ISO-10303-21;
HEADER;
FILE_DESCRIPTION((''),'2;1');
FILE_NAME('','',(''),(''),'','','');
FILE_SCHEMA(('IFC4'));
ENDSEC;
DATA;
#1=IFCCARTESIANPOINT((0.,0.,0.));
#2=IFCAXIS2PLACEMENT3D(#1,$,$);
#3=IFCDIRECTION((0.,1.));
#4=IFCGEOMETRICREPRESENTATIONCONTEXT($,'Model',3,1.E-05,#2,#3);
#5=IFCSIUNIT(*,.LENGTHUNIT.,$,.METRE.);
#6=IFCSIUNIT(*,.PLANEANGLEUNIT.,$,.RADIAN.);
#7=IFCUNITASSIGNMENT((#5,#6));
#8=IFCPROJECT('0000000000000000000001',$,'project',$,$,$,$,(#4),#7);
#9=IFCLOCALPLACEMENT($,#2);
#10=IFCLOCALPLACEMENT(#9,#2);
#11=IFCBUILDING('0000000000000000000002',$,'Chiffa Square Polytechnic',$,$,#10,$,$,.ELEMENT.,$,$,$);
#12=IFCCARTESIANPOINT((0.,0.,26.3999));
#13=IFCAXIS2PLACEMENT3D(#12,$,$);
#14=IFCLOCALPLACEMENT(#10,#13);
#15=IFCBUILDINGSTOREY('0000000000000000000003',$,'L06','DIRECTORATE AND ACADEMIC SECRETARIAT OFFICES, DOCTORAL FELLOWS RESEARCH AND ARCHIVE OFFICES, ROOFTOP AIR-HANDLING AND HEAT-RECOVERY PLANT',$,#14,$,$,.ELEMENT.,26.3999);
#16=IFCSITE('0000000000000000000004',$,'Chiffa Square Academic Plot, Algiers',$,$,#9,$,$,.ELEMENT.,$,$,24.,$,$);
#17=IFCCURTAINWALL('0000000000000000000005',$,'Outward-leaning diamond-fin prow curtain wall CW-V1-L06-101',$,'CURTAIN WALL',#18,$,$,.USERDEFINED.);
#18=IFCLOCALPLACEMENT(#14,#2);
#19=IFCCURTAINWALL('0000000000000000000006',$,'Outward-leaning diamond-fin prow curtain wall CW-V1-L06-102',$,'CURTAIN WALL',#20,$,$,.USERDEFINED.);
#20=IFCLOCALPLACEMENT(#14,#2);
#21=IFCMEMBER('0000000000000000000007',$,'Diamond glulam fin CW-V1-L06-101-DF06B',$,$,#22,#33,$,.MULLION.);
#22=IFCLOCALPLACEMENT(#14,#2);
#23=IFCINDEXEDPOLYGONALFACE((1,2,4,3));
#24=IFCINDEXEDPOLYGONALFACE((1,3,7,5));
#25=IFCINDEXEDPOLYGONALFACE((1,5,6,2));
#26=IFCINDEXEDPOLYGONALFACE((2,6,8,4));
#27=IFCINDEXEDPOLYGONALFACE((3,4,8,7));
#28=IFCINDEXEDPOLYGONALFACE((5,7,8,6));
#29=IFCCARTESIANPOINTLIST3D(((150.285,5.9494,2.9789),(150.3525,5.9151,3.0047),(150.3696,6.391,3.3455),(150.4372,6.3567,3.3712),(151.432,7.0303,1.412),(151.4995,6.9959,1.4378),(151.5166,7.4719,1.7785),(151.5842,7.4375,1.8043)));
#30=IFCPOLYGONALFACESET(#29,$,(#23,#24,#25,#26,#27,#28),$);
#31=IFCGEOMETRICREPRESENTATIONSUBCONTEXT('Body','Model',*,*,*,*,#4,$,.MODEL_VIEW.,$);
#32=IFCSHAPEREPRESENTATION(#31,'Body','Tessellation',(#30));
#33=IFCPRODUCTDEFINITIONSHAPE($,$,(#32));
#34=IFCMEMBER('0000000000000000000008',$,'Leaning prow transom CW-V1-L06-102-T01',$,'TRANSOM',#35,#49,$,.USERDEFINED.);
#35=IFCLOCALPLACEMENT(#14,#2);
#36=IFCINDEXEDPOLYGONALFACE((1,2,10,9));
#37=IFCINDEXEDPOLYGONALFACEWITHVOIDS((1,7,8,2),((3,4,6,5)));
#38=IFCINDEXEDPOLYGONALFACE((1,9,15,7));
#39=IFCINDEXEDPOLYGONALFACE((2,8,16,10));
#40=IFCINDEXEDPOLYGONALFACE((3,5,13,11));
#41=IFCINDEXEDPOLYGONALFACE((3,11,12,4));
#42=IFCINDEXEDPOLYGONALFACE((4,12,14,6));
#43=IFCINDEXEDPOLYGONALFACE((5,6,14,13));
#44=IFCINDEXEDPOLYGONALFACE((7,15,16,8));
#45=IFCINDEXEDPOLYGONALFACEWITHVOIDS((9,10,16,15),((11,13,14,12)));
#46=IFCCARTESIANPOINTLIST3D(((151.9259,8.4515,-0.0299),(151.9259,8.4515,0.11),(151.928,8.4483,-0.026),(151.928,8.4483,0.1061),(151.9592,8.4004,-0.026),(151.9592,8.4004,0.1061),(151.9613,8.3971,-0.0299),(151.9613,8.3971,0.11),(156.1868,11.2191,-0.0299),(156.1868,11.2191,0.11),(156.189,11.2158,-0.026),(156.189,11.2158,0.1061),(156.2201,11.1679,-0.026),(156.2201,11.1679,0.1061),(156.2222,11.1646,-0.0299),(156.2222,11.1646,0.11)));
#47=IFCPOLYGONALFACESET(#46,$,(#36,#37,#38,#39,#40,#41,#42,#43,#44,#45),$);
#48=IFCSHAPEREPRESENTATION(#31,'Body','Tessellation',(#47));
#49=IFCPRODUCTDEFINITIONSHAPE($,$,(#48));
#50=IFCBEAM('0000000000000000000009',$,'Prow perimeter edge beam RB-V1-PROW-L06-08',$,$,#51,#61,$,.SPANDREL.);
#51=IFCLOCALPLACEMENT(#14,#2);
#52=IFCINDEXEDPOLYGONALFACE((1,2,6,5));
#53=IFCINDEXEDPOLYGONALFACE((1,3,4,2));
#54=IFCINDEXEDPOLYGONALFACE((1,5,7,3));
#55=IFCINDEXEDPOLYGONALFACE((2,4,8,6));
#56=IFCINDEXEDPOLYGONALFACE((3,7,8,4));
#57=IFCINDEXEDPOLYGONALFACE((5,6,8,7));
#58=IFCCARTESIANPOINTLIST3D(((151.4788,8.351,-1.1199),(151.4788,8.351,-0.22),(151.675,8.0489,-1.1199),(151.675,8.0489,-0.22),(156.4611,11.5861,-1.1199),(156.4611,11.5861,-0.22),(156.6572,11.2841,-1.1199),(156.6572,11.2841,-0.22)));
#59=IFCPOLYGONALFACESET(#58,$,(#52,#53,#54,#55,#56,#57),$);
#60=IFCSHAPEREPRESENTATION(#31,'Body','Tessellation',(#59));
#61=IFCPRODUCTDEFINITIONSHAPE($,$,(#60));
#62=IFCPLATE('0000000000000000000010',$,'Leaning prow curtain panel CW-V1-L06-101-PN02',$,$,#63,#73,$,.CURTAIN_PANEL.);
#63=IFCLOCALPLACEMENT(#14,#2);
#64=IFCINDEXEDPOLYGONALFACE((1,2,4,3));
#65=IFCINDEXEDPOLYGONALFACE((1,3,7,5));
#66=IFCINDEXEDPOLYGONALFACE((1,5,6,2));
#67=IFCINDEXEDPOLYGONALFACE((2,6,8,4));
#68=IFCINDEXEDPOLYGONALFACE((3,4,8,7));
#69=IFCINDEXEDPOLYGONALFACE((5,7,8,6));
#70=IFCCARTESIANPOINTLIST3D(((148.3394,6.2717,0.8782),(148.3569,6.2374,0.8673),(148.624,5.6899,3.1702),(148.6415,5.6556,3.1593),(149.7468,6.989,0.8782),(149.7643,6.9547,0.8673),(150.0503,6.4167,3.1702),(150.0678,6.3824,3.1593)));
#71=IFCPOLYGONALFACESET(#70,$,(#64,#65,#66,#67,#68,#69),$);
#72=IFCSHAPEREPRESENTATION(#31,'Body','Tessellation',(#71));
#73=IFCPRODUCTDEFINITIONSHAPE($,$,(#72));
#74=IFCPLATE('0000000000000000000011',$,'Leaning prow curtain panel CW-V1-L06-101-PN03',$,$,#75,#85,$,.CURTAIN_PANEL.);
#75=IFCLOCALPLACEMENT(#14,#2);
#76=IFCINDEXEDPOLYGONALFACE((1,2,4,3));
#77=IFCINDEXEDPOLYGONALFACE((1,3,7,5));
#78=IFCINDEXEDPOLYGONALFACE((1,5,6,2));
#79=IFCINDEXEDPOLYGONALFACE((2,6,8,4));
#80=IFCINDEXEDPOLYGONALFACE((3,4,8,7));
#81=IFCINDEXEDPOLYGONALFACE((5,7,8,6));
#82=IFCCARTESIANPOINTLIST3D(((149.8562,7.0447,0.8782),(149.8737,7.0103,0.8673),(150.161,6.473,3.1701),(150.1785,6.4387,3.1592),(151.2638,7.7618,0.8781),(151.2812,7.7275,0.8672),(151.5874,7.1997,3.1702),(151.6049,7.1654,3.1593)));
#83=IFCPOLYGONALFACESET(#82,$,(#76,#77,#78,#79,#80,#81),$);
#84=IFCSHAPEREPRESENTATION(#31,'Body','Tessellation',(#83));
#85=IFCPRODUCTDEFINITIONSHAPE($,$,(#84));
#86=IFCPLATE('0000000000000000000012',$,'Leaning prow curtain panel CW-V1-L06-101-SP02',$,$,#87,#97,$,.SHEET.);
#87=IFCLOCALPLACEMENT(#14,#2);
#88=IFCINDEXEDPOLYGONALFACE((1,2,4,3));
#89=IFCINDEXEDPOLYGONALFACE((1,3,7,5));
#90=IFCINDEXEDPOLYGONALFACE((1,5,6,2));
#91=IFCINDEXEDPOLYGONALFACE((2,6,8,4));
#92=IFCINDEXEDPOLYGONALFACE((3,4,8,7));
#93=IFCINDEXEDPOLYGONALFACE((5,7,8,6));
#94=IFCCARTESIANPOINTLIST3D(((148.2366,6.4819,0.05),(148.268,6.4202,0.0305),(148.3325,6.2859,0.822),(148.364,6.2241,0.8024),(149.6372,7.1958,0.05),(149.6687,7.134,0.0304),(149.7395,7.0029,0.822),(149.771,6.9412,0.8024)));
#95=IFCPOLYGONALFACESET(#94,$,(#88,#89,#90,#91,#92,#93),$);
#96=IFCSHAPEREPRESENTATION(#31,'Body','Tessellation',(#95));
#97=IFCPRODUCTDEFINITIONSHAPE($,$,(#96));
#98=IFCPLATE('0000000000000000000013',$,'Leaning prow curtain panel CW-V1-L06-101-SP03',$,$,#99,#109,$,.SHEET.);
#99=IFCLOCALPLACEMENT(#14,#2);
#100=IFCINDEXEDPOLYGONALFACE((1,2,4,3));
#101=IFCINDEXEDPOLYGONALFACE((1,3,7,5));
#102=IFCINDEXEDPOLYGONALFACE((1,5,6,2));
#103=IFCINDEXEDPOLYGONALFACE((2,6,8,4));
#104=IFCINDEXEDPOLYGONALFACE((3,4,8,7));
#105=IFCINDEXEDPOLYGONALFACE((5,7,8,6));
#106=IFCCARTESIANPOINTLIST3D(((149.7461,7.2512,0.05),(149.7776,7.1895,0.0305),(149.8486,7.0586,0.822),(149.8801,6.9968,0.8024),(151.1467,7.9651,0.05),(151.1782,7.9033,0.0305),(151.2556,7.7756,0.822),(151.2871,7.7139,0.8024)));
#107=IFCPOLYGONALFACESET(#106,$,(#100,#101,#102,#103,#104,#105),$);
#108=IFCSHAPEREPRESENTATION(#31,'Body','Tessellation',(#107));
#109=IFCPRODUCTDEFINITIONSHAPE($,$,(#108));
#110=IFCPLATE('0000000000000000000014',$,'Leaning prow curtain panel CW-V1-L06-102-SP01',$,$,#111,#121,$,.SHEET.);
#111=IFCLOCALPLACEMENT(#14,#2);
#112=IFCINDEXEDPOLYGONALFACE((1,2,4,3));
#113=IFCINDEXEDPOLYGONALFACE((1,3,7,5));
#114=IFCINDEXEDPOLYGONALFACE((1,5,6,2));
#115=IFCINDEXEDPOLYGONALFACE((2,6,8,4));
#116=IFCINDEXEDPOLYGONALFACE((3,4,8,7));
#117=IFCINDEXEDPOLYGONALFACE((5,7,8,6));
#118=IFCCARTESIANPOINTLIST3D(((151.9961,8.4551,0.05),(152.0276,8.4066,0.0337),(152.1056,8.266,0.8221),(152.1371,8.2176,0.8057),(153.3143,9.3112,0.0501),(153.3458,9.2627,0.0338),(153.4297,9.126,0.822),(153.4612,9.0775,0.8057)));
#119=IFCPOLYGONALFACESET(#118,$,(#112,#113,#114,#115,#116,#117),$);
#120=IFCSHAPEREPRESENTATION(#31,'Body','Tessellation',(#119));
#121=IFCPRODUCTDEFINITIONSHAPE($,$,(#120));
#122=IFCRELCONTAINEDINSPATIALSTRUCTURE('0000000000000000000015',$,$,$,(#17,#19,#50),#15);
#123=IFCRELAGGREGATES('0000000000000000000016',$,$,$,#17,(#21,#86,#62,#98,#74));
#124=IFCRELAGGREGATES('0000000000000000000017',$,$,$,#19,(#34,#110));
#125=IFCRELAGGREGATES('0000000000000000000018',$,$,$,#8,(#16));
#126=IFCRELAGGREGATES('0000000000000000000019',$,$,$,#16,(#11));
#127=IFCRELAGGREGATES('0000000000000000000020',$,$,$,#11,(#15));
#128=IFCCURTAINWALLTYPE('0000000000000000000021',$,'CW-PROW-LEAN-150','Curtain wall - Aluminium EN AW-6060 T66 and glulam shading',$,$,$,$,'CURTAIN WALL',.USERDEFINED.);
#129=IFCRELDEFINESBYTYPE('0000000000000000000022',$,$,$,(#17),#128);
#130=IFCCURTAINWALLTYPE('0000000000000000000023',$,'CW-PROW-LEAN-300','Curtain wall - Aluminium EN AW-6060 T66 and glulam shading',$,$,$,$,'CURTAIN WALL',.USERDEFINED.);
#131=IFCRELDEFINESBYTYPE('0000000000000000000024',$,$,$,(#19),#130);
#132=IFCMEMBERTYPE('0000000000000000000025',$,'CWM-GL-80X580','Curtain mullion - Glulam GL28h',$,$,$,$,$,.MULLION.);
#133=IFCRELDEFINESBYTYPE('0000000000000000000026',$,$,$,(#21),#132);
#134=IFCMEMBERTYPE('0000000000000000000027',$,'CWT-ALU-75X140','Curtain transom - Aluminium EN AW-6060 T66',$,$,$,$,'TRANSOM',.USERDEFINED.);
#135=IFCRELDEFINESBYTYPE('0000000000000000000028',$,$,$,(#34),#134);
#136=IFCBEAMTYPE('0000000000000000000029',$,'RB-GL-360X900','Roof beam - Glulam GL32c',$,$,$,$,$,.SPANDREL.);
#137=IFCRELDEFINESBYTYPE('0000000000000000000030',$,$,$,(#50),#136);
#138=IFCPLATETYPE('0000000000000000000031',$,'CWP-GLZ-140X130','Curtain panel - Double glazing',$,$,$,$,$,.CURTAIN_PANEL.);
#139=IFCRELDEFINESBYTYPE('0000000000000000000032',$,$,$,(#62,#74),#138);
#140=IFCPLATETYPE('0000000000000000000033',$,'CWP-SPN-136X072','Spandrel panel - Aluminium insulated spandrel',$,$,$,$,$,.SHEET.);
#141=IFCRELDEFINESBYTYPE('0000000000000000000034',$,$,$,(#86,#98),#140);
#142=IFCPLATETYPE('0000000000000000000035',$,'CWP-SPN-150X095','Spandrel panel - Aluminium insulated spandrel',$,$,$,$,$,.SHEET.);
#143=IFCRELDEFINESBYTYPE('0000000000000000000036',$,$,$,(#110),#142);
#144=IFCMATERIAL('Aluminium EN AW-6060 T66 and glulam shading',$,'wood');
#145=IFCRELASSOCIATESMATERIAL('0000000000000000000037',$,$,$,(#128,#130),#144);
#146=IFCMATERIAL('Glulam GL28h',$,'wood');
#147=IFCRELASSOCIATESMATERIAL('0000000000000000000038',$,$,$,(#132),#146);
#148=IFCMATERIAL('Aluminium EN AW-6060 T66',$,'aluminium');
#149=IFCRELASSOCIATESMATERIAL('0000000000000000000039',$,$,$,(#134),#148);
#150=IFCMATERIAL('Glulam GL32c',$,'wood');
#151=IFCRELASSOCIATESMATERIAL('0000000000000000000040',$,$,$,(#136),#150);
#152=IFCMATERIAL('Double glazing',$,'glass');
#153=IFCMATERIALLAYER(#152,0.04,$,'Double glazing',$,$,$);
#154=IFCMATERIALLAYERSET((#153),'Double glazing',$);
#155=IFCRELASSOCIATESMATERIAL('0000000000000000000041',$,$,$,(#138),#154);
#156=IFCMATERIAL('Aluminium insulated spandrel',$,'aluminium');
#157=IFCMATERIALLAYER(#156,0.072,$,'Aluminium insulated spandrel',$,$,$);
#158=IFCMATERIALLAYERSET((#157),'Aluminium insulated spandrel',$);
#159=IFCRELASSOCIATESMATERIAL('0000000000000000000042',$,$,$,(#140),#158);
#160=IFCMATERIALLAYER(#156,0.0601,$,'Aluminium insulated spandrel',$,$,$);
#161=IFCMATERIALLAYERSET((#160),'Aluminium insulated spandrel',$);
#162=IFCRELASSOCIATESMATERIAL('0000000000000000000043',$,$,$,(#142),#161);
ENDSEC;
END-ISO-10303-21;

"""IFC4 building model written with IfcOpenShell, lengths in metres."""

from ifc_helpers import new_model, si_unit, direction, frame, origin, origin_2d, place, context, subcontext, project, spatial, polyline, rectangle, hollow_rectangle, outline, extrude, material, layer, layer_set, material_profile, profile_set, type_object, element, aggregate, save


model = new_model("IFC4")

# Units and contexts
model_context = context("Model", 3, precision=1e-05, world=origin(), true_north=direction((0.0, 1.0)))
body_context = subcontext(model_context, "Body", "Model", "MODEL_VIEW")
ifc_project = project(units=[si_unit("LENGTHUNIT", "METRE"), si_unit("PLANEANGLEUNIT", "RADIAN")], contexts=[model_context])

# Site, building, storey
site_placement = place(None, origin())
site = spatial("IfcSite", under=ifc_project, at=site_placement, Name="Chiffa Square Academic Plot, Algiers", CompositionType="ELEMENT", RefElevation=24.0)
building_placement = place(site_placement, origin())
building = spatial("IfcBuilding", under=site, at=building_placement, Name="Chiffa Square Polytechnic", CompositionType="ELEMENT")
storey_placement = place(building_placement, frame((0.0, 0.0, 26.3999)))
storey = spatial("IfcBuildingStorey", under=building, at=storey_placement, Name="L06", Description="DIRECTORATE AND ACADEMIC SECRETARIAT OFFICES, DOCTORAL FELLOWS RESEARCH AND ARCHIVE OFFICES, ROOFTOP AIR-HANDLING AND HEAT-RECOVERY PLANT", CompositionType="ELEMENT", Elevation=26.3999)

# Shared definitions
ifc_material_1 = material(Name="Glulam GL32c", Category="wood")

# Curtain wall
ifc_material_2 = material(Name="Aluminium EN AW-6060 T66 and glulam shading", Category="wood")
curtain_wall_type_1 = type_object("IfcCurtainWallType", Name="CW-PROW-LEAN-150", Description="Curtain wall - Aluminium EN AW-6060 T66 and glulam shading", ElementType="CURTAIN WALL", PredefinedType="USERDEFINED", material=ifc_material_2)
curtain_wall_1_placement = place(storey_placement, origin())
curtain_wall_1 = element("IfcCurtainWall", 1, at=curtain_wall_1_placement, inside=storey, type_object=curtain_wall_type_1, Name="Outward-leaning diamond-fin prow curtain wall CW-V1-L06-101", ObjectType="CURTAIN WALL", PredefinedType="USERDEFINED")
ifc_material_3 = material(Name="Aluminium EN AW-6060 T66", Category="aluminium")

# Curtain wall
curtain_wall_type_2 = type_object("IfcCurtainWallType", Name="CW-PROW-LEAN-300", Description="Curtain wall - Aluminium EN AW-6060 T66 and glulam shading", ElementType="CURTAIN WALL", PredefinedType="USERDEFINED", material=ifc_material_2)
curtain_wall_2_placement = place(storey_placement, origin())
curtain_wall_2 = element("IfcCurtainWall", 2, at=curtain_wall_2_placement, inside=storey, type_object=curtain_wall_type_2, Name="Outward-leaning diamond-fin prow curtain wall CW-V1-L06-102", ObjectType="CURTAIN WALL", PredefinedType="USERDEFINED")

# Members
ifc_material_4 = material(Name="Glulam GL28h", Category="wood")
ifc_material_profile_1 = material_profile(ifc_material_4, rectangle(XDim=0.0801, YDim=0.5801, at=origin_2d()), Name="GL28h 80x580")
ifc_profile_set_1 = profile_set([ifc_material_profile_1], Name="Glulam GL28h")
member_type_1 = type_object("IfcMemberType", Name="CWM-GL-80X580", Description="Curtain mullion - Glulam GL28h", PredefinedType="MULLION", material=ifc_profile_set_1)
member_1_placement = place(storey_placement, frame((151.5081, 7.2339, 1.6082), z_axis=(-0.516107, -0.486336, 0.705061), x_axis=(0.844014, -0.428942, 0.321946)))
member_1 = element("IfcMember", 3, at=member_1_placement, type_object=member_type_1, Name="Diamond glulam fin CW-V1-L06-101-DF06B", PredefinedType="MULLION", context=body_context, shape_type="SweptSolid", body=[
    extrude(rectangle(XDim=0.0801, YDim=0.5801, at=origin_2d()), origin(), (0.0, 0.0, 1.0), 2.2224),
])
ifc_material_profile_2 = material_profile(ifc_material_3, hollow_rectangle(XDim=0.0649, YDim=0.1399, WallThickness=0.0039, at=origin_2d()), Name="ALU 65x140x4")
ifc_profile_set_2 = profile_set([ifc_material_profile_2], Name="Aluminium EN AW-6060 T66")
member_type_2 = type_object("IfcMemberType", Name="CWT-ALU-75X140", Description="Curtain transom - Aluminium EN AW-6060 T66", ElementType="TRANSOM", PredefinedType="USERDEFINED", material=ifc_profile_set_2)
member_2_placement = place(storey_placement, frame((151.9436, 8.4243, 0.04), z_axis=(0.838629, 0.544703, 0.0), x_axis=(-0.544703, 0.838629, 0.0)))
member_2 = element("IfcMember", 4, at=member_2_placement, type_object=member_type_2, Name="Leaning prow transom CW-V1-L06-102-T01", ObjectType="TRANSOM", PredefinedType="USERDEFINED", context=body_context, shape_type="SweptSolid", body=[
    extrude(hollow_rectangle(XDim=0.0649, YDim=0.1399, WallThickness=0.0039, at=origin_2d()), origin(), (0.0, 0.0, 1.0), 5.0808),
])

# Beam
ifc_material_profile_3 = material_profile(ifc_material_1, rectangle(XDim=0.3601, YDim=0.8999, at=origin_2d()), Name="GL32c 360x900")
ifc_profile_set_3 = profile_set([ifc_material_profile_3], Name="Glulam GL32c")
beam_type = type_object("IfcBeamType", Name="RB-GL-360X900", Description="Roof beam - Glulam GL32c", PredefinedType="SPANDREL", material=ifc_profile_set_3)
beam_placement = place(storey_placement, frame((151.5769, 8.2, -0.6699), z_axis=(0.838698, 0.544597, 0.0), x_axis=(-0.544597, 0.838698, 0.0)))
element("IfcBeam", 5, at=beam_placement, inside=storey, type_object=beam_type, Name="Prow perimeter edge beam RB-V1-PROW-L06-08", PredefinedType="SPANDREL", context=body_context, shape_type="SweptSolid", body=[
    extrude(rectangle(XDim=0.3601, YDim=0.8999, at=origin_2d()), origin(), (0.0, 0.0, 1.0), 5.9404),
])

# Plates
ifc_material_5 = material(Name="Double glazing", Category="glass")
ifc_layer_1 = layer(ifc_material_5, 0.04, Name="Double glazing")
ifc_layer_set_1 = layer_set([ifc_layer_1], Name="Double glazing")
plate_type_1 = type_object("IfcPlateType", Name="CWP-GLZ-140X130", Description="Curtain panel - Double glazing", PredefinedType="CURTAIN_PANEL", material=ifc_layer_set_1)
plate_1_placement = place(storey_placement, frame((148.3394, 6.2717, 0.8782), z_axis=(-0.436939, 0.857406, 0.271919), x_axis=(0.890977, 0.454049, -0.000004)))
plate_1 = element("IfcPlate", 6, at=plate_1_placement, type_object=plate_type_1, Name="Leaning prow curtain panel CW-V1-L06-101-PN02", PredefinedType="CURTAIN_PANEL", context=body_context, shape_type="SweptSolid", body=[
    extrude(outline(polyline([(0.0, 0.0), (1.5797, 0.0), (1.5902, -2.3817), (-0.0105, -2.3817), (0.0, 0.0)])), origin(), (0.0, 0.0, -1.0), 0.04),
])
plate_2_placement = place(storey_placement, frame((149.8562, 7.0447, 0.8782), z_axis=(-0.436845, 0.857439, 0.271964), x_axis=(0.89102, 0.453964, -0.000031)))
plate_2 = element("IfcPlate", 7, at=plate_2_placement, type_object=plate_type_1, Name="Leaning prow curtain panel CW-V1-L06-101-PN03", PredefinedType="CURTAIN_PANEL", context=body_context, shape_type="SweptSolid", body=[
    extrude(outline(polyline([(0.0, 0.0), (1.5797, 0.0), (1.6128, -2.3818), (0.012, -2.3817), (0.0, 0.0)])), origin(), (0.0, 0.0, -1.0), 0.04),
])
ifc_material_6 = material(Name="Aluminium insulated spandrel", Category="aluminium")
ifc_layer_2 = layer(ifc_material_6, 0.072, Name="Aluminium insulated spandrel")
ifc_layer_set_2 = layer_set([ifc_layer_2], Name="Aluminium insulated spandrel")
plate_type_2 = type_object("IfcPlateType", Name="CWP-SPN-136X072", Description="Spandrel panel - Aluminium insulated spandrel", PredefinedType="SHEET", material=ifc_layer_set_2)
plate_3_placement = place(storey_placement, frame((148.2366, 6.4819, 0.05), z_axis=(-0.436951, 0.857352, 0.272069), x_axis=(0.89096, 0.454081, -0.000005)))
plate_3 = element("IfcPlate", 8, at=plate_3_placement, type_object=plate_type_2, Name="Leaning prow curtain panel CW-V1-L06-101-SP02", PredefinedType="SHEET", context=body_context, shape_type="SweptSolid", body=[
    extrude(outline(polyline([(0.0, 0.0), (1.5721, 0.0), (1.5756, -0.8022), (-0.0035, -0.8022), (0.0, 0.0)])), origin(), (0.0, 0.0, -1.0), 0.072),
])
plate_4_placement = place(storey_placement, frame((149.7461, 7.2512, 0.05), z_axis=(-0.436959, 0.857367, 0.272009), x_axis=(0.89096, 0.454081, -0.000005)))
plate_4 = element("IfcPlate", 9, at=plate_4_placement, type_object=plate_type_2, Name="Leaning prow curtain panel CW-V1-L06-101-SP03", PredefinedType="SHEET", context=body_context, shape_type="SweptSolid", body=[
    extrude(outline(polyline([(0.0, 0.0), (1.5721, 0.0), (1.583, -0.8022), (0.0039, -0.8022), (0.0, 0.0)])), origin(), (0.0, 0.0, -1.0), 0.072),
])
aggregate(curtain_wall_1, [member_1, plate_3, plate_1, plate_4, plate_2])
ifc_layer_3 = layer(ifc_material_6, 0.0601, Name="Aluminium insulated spandrel")
ifc_layer_set_3 = layer_set([ifc_layer_3], Name="Aluminium insulated spandrel")
plate_type_3 = type_object("IfcPlateType", Name="CWP-SPN-150X095", Description="Spandrel panel - Aluminium insulated spandrel", PredefinedType="SHEET", material=ifc_layer_set_3)
plate_5_placement = place(storey_placement, frame((151.9961, 8.4551, 0.05), z_axis=(-0.524134, 0.807042, 0.271968), x_axis=(0.83866, 0.544656, 0.000035)))
plate_5 = element("IfcPlate", 10, at=plate_5_placement, type_object=plate_type_3, Name="Leaning prow curtain panel CW-V1-L06-102-SP01", PredefinedType="SHEET", context=body_context, shape_type="SweptSolid", body=[
    extrude(outline(polyline([(0.0, 0.0), (1.5719, 0.0), (1.5677, -0.8022), (-0.0111, -0.8023), (0.0, 0.0)])), origin(), (0.0, 0.0, -1.0), 0.0601),
])
aggregate(curtain_wall_2, [member_2, plate_5])

save(model, "model.ifc")
